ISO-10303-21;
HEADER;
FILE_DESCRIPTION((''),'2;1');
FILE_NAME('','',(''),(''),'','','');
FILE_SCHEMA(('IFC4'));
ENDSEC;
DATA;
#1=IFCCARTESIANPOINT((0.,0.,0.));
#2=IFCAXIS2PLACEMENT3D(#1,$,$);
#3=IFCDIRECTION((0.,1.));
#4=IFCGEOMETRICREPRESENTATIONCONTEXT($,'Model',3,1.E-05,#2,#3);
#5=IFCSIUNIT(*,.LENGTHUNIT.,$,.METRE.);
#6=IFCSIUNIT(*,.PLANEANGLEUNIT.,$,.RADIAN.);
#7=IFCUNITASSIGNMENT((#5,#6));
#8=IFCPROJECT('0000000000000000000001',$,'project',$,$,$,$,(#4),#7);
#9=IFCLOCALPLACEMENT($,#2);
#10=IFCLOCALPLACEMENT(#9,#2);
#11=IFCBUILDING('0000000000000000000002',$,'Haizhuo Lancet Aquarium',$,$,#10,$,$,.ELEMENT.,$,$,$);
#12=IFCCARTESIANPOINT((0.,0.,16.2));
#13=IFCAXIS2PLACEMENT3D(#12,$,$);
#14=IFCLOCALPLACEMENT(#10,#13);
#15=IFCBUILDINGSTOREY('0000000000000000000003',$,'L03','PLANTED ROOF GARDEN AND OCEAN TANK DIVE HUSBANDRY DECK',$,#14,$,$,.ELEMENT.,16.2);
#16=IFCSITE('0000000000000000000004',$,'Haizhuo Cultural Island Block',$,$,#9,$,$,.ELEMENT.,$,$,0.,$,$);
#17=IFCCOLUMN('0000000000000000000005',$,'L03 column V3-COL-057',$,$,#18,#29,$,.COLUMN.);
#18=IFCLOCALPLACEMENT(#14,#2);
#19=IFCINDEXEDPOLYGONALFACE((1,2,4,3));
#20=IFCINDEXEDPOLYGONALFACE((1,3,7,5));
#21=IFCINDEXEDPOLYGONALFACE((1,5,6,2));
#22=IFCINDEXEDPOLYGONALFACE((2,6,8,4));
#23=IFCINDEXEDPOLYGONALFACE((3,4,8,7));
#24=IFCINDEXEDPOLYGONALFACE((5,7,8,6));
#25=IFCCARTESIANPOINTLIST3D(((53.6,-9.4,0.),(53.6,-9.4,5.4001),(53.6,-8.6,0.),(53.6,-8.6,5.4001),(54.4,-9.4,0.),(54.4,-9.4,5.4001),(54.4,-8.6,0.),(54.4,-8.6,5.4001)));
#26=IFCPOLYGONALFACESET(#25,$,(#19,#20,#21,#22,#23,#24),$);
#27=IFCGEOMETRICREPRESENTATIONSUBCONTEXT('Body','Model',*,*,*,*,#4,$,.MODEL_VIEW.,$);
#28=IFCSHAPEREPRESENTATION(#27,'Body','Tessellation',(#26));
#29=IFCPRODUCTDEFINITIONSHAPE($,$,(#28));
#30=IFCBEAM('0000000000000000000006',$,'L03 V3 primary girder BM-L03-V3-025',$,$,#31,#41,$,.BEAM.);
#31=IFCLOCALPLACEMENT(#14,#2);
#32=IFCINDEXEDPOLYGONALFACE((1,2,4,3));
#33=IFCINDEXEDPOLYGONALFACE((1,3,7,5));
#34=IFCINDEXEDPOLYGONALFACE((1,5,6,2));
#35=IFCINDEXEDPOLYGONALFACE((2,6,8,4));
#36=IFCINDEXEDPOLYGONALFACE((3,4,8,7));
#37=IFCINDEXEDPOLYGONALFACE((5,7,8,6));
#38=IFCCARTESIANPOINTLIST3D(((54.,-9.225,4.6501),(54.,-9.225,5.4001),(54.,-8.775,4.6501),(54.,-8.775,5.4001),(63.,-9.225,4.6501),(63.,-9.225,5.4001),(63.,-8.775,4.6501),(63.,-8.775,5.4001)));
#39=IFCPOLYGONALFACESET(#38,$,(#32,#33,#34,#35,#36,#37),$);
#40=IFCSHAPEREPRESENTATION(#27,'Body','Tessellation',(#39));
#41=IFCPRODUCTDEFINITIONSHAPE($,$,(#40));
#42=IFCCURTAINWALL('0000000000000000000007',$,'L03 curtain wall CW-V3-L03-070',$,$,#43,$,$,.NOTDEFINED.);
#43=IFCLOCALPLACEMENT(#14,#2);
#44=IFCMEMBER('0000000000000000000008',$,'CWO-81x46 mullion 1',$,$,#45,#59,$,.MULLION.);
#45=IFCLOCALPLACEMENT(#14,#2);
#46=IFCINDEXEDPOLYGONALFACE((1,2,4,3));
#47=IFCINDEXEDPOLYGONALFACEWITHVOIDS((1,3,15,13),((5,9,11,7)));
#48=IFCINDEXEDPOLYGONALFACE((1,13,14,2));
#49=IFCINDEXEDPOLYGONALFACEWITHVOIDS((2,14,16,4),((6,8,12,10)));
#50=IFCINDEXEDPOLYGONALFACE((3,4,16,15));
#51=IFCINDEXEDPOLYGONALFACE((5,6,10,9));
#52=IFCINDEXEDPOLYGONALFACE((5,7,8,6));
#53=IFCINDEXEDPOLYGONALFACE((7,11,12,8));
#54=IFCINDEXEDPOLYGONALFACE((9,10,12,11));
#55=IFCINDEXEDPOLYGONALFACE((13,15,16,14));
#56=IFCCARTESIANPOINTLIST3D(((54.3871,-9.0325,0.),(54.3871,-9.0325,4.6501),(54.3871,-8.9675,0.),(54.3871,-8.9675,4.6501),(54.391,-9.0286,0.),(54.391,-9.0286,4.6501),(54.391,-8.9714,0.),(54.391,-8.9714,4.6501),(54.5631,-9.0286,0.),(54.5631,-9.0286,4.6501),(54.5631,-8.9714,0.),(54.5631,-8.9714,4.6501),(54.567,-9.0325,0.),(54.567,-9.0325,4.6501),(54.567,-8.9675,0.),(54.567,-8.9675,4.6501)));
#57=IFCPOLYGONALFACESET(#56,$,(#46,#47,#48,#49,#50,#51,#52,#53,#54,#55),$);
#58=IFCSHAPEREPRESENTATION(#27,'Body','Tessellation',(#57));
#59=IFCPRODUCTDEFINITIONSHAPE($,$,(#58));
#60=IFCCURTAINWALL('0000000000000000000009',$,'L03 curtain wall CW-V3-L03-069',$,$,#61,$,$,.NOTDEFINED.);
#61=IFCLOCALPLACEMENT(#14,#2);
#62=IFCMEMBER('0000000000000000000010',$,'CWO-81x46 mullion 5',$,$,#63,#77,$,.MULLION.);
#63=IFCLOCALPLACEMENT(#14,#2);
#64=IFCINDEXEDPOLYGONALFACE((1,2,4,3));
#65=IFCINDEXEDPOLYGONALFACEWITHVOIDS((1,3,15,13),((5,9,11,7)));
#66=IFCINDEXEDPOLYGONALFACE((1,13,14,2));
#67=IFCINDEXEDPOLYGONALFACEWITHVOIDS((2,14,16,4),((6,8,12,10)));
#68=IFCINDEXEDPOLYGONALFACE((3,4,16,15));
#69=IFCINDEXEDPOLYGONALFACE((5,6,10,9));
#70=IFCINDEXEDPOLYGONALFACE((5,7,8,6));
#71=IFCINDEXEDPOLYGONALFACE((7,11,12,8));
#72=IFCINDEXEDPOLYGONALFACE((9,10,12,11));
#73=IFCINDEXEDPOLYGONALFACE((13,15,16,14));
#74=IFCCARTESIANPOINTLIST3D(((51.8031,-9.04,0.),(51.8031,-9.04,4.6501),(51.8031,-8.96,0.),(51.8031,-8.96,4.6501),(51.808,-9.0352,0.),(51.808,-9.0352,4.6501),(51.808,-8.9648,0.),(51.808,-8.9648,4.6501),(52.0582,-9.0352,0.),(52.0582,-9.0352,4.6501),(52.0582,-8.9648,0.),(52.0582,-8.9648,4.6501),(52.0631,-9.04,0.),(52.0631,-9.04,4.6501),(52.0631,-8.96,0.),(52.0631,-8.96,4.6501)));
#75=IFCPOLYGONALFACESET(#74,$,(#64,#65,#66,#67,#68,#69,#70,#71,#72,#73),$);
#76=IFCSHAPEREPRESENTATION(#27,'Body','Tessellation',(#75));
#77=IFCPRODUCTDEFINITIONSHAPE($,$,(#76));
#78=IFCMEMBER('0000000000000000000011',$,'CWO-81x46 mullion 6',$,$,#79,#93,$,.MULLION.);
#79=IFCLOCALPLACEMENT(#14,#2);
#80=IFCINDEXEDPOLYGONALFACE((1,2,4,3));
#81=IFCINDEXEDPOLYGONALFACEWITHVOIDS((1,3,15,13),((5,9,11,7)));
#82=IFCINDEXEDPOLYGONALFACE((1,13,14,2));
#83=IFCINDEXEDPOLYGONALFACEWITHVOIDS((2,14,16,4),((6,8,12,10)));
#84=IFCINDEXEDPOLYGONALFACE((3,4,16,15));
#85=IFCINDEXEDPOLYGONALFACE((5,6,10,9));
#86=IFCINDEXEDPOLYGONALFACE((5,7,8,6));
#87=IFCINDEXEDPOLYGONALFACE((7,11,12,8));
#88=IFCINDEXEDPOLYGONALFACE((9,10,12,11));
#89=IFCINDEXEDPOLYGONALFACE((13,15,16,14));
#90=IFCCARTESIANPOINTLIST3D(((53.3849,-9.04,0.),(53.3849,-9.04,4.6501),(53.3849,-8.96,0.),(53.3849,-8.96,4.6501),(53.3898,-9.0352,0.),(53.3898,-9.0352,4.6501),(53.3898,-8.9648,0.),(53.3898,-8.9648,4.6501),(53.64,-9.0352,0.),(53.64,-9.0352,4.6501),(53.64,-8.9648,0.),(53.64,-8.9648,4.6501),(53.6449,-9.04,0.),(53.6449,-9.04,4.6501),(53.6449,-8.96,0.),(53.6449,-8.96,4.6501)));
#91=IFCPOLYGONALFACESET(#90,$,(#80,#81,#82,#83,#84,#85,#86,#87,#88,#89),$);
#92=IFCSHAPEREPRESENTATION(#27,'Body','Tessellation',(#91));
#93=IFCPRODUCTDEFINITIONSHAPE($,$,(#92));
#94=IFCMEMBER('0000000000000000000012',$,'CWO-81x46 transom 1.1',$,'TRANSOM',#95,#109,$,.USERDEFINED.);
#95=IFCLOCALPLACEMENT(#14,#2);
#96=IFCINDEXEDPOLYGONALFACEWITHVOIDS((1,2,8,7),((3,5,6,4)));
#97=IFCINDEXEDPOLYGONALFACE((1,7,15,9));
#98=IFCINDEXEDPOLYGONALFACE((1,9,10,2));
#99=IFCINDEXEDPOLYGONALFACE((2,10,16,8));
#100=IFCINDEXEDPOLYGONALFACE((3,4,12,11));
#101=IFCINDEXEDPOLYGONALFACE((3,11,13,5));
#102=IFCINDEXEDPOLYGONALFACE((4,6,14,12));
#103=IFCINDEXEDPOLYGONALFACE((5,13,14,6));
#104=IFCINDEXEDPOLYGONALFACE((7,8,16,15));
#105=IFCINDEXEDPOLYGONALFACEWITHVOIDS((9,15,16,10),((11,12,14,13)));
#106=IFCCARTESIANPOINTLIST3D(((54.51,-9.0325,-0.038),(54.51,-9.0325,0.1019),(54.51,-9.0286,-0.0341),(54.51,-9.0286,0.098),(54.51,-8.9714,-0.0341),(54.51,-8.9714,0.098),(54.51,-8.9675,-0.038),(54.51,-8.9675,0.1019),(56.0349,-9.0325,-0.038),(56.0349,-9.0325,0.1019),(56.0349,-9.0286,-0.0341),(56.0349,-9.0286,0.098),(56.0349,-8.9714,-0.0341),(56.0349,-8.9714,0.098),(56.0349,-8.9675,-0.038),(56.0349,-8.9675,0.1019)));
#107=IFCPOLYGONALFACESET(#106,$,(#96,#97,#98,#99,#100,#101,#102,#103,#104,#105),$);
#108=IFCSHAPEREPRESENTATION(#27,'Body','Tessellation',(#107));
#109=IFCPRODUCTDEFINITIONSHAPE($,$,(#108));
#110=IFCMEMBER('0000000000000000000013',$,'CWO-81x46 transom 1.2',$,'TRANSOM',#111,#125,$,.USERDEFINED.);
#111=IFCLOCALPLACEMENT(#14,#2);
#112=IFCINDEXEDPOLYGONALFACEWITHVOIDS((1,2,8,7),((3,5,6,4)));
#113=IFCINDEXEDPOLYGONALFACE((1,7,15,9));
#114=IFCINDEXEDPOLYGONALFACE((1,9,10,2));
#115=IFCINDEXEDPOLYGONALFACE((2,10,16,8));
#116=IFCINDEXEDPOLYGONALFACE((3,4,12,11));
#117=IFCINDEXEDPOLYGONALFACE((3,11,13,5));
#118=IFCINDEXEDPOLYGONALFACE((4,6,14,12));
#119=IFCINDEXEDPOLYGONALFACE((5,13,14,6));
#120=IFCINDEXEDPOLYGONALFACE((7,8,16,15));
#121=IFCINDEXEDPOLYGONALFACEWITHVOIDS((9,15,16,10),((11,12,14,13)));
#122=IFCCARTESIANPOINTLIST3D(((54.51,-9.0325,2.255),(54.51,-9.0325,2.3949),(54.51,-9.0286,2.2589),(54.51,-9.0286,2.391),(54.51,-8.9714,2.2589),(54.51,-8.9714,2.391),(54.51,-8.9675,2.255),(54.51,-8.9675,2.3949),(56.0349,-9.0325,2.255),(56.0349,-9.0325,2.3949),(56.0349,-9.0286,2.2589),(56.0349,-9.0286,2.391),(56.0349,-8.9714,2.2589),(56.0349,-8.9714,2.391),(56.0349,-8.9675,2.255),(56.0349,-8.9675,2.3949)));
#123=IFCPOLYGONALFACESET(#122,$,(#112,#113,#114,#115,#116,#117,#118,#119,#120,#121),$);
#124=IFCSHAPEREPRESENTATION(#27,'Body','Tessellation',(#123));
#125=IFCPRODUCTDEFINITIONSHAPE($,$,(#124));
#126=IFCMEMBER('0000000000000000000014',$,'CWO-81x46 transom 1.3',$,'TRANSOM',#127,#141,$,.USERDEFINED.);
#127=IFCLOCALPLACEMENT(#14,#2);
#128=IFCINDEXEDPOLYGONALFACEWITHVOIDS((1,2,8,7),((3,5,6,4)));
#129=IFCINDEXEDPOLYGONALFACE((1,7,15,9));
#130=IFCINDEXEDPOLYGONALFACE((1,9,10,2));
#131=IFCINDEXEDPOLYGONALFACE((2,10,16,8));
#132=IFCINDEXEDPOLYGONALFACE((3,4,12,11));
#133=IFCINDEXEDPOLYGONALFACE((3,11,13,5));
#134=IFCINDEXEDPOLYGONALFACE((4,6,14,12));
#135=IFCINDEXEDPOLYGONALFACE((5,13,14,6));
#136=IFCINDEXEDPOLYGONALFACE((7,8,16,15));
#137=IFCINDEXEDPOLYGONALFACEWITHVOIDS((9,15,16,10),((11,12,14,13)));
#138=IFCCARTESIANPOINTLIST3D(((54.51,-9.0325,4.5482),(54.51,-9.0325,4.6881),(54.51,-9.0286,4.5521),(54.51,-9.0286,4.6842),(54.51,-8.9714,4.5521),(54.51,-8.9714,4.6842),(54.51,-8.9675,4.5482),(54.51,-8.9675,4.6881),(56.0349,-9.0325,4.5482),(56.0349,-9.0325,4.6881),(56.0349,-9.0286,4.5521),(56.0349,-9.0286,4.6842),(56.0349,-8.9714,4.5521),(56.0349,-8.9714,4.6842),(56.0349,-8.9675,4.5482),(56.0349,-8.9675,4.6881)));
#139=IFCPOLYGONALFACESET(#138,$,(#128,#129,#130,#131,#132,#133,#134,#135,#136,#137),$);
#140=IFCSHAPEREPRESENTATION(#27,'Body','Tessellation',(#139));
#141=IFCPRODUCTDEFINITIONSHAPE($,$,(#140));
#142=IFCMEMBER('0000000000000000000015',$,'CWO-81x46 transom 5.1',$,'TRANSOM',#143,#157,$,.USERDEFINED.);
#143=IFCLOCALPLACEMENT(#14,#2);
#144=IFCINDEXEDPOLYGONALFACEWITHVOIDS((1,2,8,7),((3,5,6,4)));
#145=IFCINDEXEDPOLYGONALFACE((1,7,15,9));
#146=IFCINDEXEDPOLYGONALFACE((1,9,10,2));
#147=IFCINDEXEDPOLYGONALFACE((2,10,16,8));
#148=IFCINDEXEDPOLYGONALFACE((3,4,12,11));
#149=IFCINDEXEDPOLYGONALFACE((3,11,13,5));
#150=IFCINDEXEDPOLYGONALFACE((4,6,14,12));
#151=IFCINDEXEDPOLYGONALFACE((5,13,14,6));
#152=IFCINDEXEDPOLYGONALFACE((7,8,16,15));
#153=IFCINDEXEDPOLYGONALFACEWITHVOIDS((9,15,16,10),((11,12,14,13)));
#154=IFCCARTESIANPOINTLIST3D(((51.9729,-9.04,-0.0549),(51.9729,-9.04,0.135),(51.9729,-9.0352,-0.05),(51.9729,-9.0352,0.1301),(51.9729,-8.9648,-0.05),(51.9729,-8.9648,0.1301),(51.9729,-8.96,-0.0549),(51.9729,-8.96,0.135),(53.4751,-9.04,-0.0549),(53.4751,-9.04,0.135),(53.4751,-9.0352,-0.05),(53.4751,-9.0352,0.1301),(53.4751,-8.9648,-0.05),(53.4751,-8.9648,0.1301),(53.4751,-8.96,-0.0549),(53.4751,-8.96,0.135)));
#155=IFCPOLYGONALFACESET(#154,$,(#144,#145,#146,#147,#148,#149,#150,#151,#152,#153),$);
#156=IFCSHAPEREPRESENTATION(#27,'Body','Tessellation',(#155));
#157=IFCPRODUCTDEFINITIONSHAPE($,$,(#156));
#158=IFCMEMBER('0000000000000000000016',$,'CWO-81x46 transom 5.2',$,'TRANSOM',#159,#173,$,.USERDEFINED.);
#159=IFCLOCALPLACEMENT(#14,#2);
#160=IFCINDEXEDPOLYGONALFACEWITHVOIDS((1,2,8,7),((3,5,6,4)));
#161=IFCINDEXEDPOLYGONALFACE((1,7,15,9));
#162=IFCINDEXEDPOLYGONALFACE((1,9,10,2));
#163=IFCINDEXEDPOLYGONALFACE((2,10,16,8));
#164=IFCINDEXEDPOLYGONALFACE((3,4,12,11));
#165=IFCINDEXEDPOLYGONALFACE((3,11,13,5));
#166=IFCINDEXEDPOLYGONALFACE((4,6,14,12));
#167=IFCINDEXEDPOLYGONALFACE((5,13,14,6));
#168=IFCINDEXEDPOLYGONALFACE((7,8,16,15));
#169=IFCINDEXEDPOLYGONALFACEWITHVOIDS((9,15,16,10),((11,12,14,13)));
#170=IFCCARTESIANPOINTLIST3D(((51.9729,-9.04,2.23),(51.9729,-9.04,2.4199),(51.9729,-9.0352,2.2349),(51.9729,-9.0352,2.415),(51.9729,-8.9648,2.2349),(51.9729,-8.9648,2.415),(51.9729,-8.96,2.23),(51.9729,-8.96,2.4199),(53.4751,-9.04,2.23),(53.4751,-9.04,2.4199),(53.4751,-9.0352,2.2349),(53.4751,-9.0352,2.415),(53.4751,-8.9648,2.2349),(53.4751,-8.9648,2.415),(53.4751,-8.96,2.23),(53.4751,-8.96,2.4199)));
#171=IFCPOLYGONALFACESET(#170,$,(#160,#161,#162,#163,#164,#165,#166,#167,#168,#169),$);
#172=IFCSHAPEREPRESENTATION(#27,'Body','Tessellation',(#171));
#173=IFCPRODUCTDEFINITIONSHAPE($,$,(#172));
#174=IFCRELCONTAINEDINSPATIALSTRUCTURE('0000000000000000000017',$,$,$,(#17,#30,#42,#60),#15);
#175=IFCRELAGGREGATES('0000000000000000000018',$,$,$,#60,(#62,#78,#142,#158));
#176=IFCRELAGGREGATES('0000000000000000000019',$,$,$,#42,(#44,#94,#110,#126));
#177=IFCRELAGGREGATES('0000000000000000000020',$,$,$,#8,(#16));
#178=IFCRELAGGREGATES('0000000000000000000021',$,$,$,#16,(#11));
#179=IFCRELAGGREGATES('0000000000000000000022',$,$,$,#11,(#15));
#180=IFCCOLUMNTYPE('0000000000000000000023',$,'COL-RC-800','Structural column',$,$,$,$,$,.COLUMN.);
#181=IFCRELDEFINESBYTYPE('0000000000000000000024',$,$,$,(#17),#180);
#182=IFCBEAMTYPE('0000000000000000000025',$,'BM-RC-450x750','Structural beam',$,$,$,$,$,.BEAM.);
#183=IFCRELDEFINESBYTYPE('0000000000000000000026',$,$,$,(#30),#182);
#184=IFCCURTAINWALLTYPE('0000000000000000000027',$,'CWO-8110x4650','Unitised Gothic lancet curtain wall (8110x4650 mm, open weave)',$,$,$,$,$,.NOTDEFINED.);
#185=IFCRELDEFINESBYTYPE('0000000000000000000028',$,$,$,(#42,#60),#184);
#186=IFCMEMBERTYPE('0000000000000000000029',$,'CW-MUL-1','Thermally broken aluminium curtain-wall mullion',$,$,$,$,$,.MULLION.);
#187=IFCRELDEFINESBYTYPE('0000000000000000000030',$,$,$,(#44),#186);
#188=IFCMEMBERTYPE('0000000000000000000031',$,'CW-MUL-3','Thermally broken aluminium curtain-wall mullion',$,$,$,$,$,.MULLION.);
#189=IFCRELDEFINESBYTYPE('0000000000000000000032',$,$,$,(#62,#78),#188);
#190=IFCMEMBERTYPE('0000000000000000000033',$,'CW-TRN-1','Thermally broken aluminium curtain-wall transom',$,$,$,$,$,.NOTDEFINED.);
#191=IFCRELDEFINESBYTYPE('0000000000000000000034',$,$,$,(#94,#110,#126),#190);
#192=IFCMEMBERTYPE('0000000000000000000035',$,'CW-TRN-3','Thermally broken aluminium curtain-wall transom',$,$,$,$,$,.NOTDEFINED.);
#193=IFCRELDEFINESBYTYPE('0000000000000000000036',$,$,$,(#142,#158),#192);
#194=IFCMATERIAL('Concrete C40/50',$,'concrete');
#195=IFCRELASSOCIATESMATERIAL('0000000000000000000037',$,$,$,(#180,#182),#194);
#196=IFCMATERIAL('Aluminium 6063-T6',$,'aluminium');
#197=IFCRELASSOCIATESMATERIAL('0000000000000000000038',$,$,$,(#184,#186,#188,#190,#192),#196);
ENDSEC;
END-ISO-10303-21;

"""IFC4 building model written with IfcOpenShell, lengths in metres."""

from ifc_helpers import new_model, si_unit, direction, frame, origin, origin_2d, place, context, subcontext, project, spatial, rectangle, hollow_rectangle, extrude, material, material_profile, profile_set, type_object, element, aggregate, save


model = new_model("IFC4")

# Units and contexts
model_context = context("Model", 3, precision=1e-05, world=origin(), true_north=direction((0.0, 1.0)))
body_context = subcontext(model_context, "Body", "Model", "MODEL_VIEW")
ifc_project = project(units=[si_unit("LENGTHUNIT", "METRE"), si_unit("PLANEANGLEUNIT", "RADIAN")], contexts=[model_context])

# Site, building, storey
site_placement = place(None, origin())
site = spatial("IfcSite", under=ifc_project, at=site_placement, Name="Haizhuo Cultural Island Block", CompositionType="ELEMENT", RefElevation=0.0)
building_placement = place(site_placement, origin())
building = spatial("IfcBuilding", under=site, at=building_placement, Name="Haizhuo Lancet Aquarium", CompositionType="ELEMENT")
storey_placement = place(building_placement, frame((0.0, 0.0, 16.2)))
storey = spatial("IfcBuildingStorey", under=building, at=storey_placement, Name="L03", Description="PLANTED ROOF GARDEN AND OCEAN TANK DIVE HUSBANDRY DECK", CompositionType="ELEMENT", Elevation=16.2)

# Column
ifc_material_1 = material(Name="Concrete C40/50", Category="concrete")
ifc_material_profile_1 = material_profile(ifc_material_1, rectangle(XDim=0.8, YDim=0.8, at=origin_2d()), Name="RC-COL 800x800")
ifc_profile_set_1 = profile_set([ifc_material_profile_1], Name="Concrete C40/50")
column_type = type_object("IfcColumnType", Name="COL-RC-800", Description="Structural column", PredefinedType="COLUMN", material=ifc_profile_set_1)
column_placement = place(storey_placement, frame((54.0, -9.0, 0.0), z_axis=(0.0, 0.0, 1.0), x_axis=(1.0, 0.0, 0.0)))
element("IfcColumn", 1, at=column_placement, inside=storey, type_object=column_type, Name="L03 column V3-COL-057", PredefinedType="COLUMN", context=body_context, shape_type="SweptSolid", body=[
    extrude(rectangle(XDim=0.8, YDim=0.8, at=origin_2d()), origin(), (0.0, 0.0, 1.0), 5.4001),
])

# Beam
ifc_material_profile_2 = material_profile(ifc_material_1, rectangle(XDim=0.45, YDim=0.75, at=origin_2d()), Name="RC-BM 450x750")
ifc_profile_set_2 = profile_set([ifc_material_profile_2], Name="Concrete C40/50")
beam_type = type_object("IfcBeamType", Name="BM-RC-450x750", Description="Structural beam", PredefinedType="BEAM", material=ifc_profile_set_2)
beam_placement = place(storey_placement, frame((54.0, -9.0, 5.0251), z_axis=(1.0, 0.0, 0.0), x_axis=(0.0, 1.0, 0.0)))
element("IfcBeam", 2, at=beam_placement, inside=storey, type_object=beam_type, Name="L03 V3 primary girder BM-L03-V3-025", PredefinedType="BEAM", context=body_context, shape_type="SweptSolid", body=[
    extrude(rectangle(XDim=0.45, YDim=0.75, at=origin_2d()), origin(), (0.0, 0.0, 1.0), 9.0),
])

# Curtain wall, member
ifc_material_2 = material(Name="Aluminium 6063-T6", Category="aluminium")
curtain_wall_type = type_object("IfcCurtainWallType", Name="CWO-8110x4650", Description="Unitised Gothic lancet curtain wall (8110x4650 mm, open weave)", PredefinedType="NOTDEFINED", material=ifc_material_2)
curtain_wall_1_placement = place(storey_placement, origin())
curtain_wall_1 = element("IfcCurtainWall", 3, at=curtain_wall_1_placement, inside=storey, type_object=curtain_wall_type, Name="L03 curtain wall CW-V3-L03-070", PredefinedType="NOTDEFINED")
ifc_material_profile_3 = material_profile(ifc_material_2, hollow_rectangle(XDim=0.0649, YDim=0.1799, WallThickness=0.0039, at=origin_2d()), Name="ALU-M 65x180x4")
ifc_profile_set_3 = profile_set([ifc_material_profile_3], Name="Aluminium 6063-T6")
member_type_1 = type_object("IfcMemberType", Name="CW-MUL-1", Description="Thermally broken aluminium curtain-wall mullion", PredefinedType="MULLION", material=ifc_profile_set_3)
member_1_placement = place(storey_placement, frame((54.4771, -9.0, 0.0), z_axis=(0.0, 0.0, 1.0), x_axis=(0.0, 1.0, 0.0)))
member_1 = element("IfcMember", 4, at=member_1_placement, type_object=member_type_1, Name="CWO-81x46 mullion 1", PredefinedType="MULLION", context=body_context, shape_type="SweptSolid", body=[
    extrude(hollow_rectangle(XDim=0.0649, YDim=0.1799, WallThickness=0.0039, at=origin_2d()), origin(), (0.0, 0.0, 1.0), 4.6501),
])

# Curtain wall, members
curtain_wall_2_placement = place(storey_placement, origin())
curtain_wall_2 = element("IfcCurtainWall", 5, at=curtain_wall_2_placement, inside=storey, type_object=curtain_wall_type, Name="L03 curtain wall CW-V3-L03-069", PredefinedType="NOTDEFINED")
ifc_material_profile_4 = material_profile(ifc_material_2, hollow_rectangle(XDim=0.0801, YDim=0.26, WallThickness=0.0049, at=origin_2d()), Name="ALU-M 80x260x5")
ifc_profile_set_4 = profile_set([ifc_material_profile_4], Name="Aluminium 6063-T6")
member_type_2 = type_object("IfcMemberType", Name="CW-MUL-3", Description="Thermally broken aluminium curtain-wall mullion", PredefinedType="MULLION", material=ifc_profile_set_4)
member_2_placement = place(storey_placement, frame((51.9331, -9.0, 0.0), z_axis=(0.0, 0.0, 1.0), x_axis=(0.0, 1.0, 0.0)))
member_2 = element("IfcMember", 6, at=member_2_placement, type_object=member_type_2, Name="CWO-81x46 mullion 5", PredefinedType="MULLION", context=body_context, shape_type="SweptSolid", body=[
    extrude(hollow_rectangle(XDim=0.0801, YDim=0.26, WallThickness=0.0049, at=origin_2d()), origin(), (0.0, 0.0, 1.0), 4.6501),
])
member_3_placement = place(storey_placement, frame((53.5149, -9.0, 0.0), z_axis=(0.0, 0.0, 1.0), x_axis=(0.0, 1.0, 0.0)))
member_3 = element("IfcMember", 7, at=member_3_placement, type_object=member_type_2, Name="CWO-81x46 mullion 6", PredefinedType="MULLION", context=body_context, shape_type="SweptSolid", body=[
    extrude(hollow_rectangle(XDim=0.0801, YDim=0.26, WallThickness=0.0049, at=origin_2d()), origin(), (0.0, 0.0, 1.0), 4.6501),
])

# Members
ifc_material_profile_5 = material_profile(ifc_material_2, hollow_rectangle(XDim=0.0649, YDim=0.1399, WallThickness=0.0039, at=origin_2d()), Name="ALU-T 65x140x4")
ifc_profile_set_5 = profile_set([ifc_material_profile_5], Name="Aluminium 6063-T6")
member_type_3 = type_object("IfcMemberType", Name="CW-TRN-1", Description="Thermally broken aluminium curtain-wall transom", PredefinedType="NOTDEFINED", material=ifc_profile_set_5)
member_4_placement = place(storey_placement, frame((54.51, -9.0, 0.032), z_axis=(1.0, 0.0, 0.0), x_axis=(0.0, 1.0, 0.0)))
member_4 = element("IfcMember", 8, at=member_4_placement, type_object=member_type_3, Name="CWO-81x46 transom 1.1", ObjectType="TRANSOM", PredefinedType="USERDEFINED", context=body_context, shape_type="SweptSolid", body=[
    extrude(hollow_rectangle(XDim=0.0649, YDim=0.1399, WallThickness=0.0039, at=origin_2d()), origin(), (0.0, 0.0, 1.0), 1.5249),
])
member_5_placement = place(storey_placement, frame((54.51, -9.0, 2.325), z_axis=(1.0, 0.0, 0.0), x_axis=(0.0, 1.0, 0.0)))
member_5 = element("IfcMember", 9, at=member_5_placement, type_object=member_type_3, Name="CWO-81x46 transom 1.2", ObjectType="TRANSOM", PredefinedType="USERDEFINED", context=body_context, shape_type="SweptSolid", body=[
    extrude(hollow_rectangle(XDim=0.0649, YDim=0.1399, WallThickness=0.0039, at=origin_2d()), origin(), (0.0, 0.0, 1.0), 1.5249),
])
member_6_placement = place(storey_placement, frame((54.51, -9.0, 4.6182), z_axis=(1.0, 0.0, 0.0), x_axis=(0.0, 1.0, 0.0)))
member_6 = element("IfcMember", 10, at=member_6_placement, type_object=member_type_3, Name="CWO-81x46 transom 1.3", ObjectType="TRANSOM", PredefinedType="USERDEFINED", context=body_context, shape_type="SweptSolid", body=[
    extrude(hollow_rectangle(XDim=0.0649, YDim=0.1399, WallThickness=0.0039, at=origin_2d()), origin(), (0.0, 0.0, 1.0), 1.5249),
])
ifc_material_profile_6 = material_profile(ifc_material_2, hollow_rectangle(XDim=0.0801, YDim=0.1899, WallThickness=0.0049, at=origin_2d()), Name="ALU-T 80x190x5")
ifc_profile_set_6 = profile_set([ifc_material_profile_6], Name="Aluminium 6063-T6")
member_type_4 = type_object("IfcMemberType", Name="CW-TRN-3", Description="Thermally broken aluminium curtain-wall transom", PredefinedType="NOTDEFINED", material=ifc_profile_set_6)
member_7_placement = place(storey_placement, frame((51.9729, -9.0, 0.04), z_axis=(1.0, 0.0, 0.0), x_axis=(0.0, 1.0, 0.0)))
member_7 = element("IfcMember", 11, at=member_7_placement, type_object=member_type_4, Name="CWO-81x46 transom 5.1", ObjectType="TRANSOM", PredefinedType="USERDEFINED", context=body_context, shape_type="SweptSolid", body=[
    extrude(hollow_rectangle(XDim=0.0801, YDim=0.1899, WallThickness=0.0049, at=origin_2d()), origin(), (0.0, 0.0, 1.0), 1.5022),
])
member_8_placement = place(storey_placement, frame((51.9729, -9.0, 2.325), z_axis=(1.0, 0.0, 0.0), x_axis=(0.0, 1.0, 0.0)))
member_8 = element("IfcMember", 12, at=member_8_placement, type_object=member_type_4, Name="CWO-81x46 transom 5.2", ObjectType="TRANSOM", PredefinedType="USERDEFINED", context=body_context, shape_type="SweptSolid", body=[
    extrude(hollow_rectangle(XDim=0.0801, YDim=0.1899, WallThickness=0.0049, at=origin_2d()), origin(), (0.0, 0.0, 1.0), 1.5022),
])

aggregate(curtain_wall_2, [member_2, member_3, member_7, member_8])
aggregate(curtain_wall_1, [member_1, member_4, member_5, member_6])

save(model, "model.ifc")
